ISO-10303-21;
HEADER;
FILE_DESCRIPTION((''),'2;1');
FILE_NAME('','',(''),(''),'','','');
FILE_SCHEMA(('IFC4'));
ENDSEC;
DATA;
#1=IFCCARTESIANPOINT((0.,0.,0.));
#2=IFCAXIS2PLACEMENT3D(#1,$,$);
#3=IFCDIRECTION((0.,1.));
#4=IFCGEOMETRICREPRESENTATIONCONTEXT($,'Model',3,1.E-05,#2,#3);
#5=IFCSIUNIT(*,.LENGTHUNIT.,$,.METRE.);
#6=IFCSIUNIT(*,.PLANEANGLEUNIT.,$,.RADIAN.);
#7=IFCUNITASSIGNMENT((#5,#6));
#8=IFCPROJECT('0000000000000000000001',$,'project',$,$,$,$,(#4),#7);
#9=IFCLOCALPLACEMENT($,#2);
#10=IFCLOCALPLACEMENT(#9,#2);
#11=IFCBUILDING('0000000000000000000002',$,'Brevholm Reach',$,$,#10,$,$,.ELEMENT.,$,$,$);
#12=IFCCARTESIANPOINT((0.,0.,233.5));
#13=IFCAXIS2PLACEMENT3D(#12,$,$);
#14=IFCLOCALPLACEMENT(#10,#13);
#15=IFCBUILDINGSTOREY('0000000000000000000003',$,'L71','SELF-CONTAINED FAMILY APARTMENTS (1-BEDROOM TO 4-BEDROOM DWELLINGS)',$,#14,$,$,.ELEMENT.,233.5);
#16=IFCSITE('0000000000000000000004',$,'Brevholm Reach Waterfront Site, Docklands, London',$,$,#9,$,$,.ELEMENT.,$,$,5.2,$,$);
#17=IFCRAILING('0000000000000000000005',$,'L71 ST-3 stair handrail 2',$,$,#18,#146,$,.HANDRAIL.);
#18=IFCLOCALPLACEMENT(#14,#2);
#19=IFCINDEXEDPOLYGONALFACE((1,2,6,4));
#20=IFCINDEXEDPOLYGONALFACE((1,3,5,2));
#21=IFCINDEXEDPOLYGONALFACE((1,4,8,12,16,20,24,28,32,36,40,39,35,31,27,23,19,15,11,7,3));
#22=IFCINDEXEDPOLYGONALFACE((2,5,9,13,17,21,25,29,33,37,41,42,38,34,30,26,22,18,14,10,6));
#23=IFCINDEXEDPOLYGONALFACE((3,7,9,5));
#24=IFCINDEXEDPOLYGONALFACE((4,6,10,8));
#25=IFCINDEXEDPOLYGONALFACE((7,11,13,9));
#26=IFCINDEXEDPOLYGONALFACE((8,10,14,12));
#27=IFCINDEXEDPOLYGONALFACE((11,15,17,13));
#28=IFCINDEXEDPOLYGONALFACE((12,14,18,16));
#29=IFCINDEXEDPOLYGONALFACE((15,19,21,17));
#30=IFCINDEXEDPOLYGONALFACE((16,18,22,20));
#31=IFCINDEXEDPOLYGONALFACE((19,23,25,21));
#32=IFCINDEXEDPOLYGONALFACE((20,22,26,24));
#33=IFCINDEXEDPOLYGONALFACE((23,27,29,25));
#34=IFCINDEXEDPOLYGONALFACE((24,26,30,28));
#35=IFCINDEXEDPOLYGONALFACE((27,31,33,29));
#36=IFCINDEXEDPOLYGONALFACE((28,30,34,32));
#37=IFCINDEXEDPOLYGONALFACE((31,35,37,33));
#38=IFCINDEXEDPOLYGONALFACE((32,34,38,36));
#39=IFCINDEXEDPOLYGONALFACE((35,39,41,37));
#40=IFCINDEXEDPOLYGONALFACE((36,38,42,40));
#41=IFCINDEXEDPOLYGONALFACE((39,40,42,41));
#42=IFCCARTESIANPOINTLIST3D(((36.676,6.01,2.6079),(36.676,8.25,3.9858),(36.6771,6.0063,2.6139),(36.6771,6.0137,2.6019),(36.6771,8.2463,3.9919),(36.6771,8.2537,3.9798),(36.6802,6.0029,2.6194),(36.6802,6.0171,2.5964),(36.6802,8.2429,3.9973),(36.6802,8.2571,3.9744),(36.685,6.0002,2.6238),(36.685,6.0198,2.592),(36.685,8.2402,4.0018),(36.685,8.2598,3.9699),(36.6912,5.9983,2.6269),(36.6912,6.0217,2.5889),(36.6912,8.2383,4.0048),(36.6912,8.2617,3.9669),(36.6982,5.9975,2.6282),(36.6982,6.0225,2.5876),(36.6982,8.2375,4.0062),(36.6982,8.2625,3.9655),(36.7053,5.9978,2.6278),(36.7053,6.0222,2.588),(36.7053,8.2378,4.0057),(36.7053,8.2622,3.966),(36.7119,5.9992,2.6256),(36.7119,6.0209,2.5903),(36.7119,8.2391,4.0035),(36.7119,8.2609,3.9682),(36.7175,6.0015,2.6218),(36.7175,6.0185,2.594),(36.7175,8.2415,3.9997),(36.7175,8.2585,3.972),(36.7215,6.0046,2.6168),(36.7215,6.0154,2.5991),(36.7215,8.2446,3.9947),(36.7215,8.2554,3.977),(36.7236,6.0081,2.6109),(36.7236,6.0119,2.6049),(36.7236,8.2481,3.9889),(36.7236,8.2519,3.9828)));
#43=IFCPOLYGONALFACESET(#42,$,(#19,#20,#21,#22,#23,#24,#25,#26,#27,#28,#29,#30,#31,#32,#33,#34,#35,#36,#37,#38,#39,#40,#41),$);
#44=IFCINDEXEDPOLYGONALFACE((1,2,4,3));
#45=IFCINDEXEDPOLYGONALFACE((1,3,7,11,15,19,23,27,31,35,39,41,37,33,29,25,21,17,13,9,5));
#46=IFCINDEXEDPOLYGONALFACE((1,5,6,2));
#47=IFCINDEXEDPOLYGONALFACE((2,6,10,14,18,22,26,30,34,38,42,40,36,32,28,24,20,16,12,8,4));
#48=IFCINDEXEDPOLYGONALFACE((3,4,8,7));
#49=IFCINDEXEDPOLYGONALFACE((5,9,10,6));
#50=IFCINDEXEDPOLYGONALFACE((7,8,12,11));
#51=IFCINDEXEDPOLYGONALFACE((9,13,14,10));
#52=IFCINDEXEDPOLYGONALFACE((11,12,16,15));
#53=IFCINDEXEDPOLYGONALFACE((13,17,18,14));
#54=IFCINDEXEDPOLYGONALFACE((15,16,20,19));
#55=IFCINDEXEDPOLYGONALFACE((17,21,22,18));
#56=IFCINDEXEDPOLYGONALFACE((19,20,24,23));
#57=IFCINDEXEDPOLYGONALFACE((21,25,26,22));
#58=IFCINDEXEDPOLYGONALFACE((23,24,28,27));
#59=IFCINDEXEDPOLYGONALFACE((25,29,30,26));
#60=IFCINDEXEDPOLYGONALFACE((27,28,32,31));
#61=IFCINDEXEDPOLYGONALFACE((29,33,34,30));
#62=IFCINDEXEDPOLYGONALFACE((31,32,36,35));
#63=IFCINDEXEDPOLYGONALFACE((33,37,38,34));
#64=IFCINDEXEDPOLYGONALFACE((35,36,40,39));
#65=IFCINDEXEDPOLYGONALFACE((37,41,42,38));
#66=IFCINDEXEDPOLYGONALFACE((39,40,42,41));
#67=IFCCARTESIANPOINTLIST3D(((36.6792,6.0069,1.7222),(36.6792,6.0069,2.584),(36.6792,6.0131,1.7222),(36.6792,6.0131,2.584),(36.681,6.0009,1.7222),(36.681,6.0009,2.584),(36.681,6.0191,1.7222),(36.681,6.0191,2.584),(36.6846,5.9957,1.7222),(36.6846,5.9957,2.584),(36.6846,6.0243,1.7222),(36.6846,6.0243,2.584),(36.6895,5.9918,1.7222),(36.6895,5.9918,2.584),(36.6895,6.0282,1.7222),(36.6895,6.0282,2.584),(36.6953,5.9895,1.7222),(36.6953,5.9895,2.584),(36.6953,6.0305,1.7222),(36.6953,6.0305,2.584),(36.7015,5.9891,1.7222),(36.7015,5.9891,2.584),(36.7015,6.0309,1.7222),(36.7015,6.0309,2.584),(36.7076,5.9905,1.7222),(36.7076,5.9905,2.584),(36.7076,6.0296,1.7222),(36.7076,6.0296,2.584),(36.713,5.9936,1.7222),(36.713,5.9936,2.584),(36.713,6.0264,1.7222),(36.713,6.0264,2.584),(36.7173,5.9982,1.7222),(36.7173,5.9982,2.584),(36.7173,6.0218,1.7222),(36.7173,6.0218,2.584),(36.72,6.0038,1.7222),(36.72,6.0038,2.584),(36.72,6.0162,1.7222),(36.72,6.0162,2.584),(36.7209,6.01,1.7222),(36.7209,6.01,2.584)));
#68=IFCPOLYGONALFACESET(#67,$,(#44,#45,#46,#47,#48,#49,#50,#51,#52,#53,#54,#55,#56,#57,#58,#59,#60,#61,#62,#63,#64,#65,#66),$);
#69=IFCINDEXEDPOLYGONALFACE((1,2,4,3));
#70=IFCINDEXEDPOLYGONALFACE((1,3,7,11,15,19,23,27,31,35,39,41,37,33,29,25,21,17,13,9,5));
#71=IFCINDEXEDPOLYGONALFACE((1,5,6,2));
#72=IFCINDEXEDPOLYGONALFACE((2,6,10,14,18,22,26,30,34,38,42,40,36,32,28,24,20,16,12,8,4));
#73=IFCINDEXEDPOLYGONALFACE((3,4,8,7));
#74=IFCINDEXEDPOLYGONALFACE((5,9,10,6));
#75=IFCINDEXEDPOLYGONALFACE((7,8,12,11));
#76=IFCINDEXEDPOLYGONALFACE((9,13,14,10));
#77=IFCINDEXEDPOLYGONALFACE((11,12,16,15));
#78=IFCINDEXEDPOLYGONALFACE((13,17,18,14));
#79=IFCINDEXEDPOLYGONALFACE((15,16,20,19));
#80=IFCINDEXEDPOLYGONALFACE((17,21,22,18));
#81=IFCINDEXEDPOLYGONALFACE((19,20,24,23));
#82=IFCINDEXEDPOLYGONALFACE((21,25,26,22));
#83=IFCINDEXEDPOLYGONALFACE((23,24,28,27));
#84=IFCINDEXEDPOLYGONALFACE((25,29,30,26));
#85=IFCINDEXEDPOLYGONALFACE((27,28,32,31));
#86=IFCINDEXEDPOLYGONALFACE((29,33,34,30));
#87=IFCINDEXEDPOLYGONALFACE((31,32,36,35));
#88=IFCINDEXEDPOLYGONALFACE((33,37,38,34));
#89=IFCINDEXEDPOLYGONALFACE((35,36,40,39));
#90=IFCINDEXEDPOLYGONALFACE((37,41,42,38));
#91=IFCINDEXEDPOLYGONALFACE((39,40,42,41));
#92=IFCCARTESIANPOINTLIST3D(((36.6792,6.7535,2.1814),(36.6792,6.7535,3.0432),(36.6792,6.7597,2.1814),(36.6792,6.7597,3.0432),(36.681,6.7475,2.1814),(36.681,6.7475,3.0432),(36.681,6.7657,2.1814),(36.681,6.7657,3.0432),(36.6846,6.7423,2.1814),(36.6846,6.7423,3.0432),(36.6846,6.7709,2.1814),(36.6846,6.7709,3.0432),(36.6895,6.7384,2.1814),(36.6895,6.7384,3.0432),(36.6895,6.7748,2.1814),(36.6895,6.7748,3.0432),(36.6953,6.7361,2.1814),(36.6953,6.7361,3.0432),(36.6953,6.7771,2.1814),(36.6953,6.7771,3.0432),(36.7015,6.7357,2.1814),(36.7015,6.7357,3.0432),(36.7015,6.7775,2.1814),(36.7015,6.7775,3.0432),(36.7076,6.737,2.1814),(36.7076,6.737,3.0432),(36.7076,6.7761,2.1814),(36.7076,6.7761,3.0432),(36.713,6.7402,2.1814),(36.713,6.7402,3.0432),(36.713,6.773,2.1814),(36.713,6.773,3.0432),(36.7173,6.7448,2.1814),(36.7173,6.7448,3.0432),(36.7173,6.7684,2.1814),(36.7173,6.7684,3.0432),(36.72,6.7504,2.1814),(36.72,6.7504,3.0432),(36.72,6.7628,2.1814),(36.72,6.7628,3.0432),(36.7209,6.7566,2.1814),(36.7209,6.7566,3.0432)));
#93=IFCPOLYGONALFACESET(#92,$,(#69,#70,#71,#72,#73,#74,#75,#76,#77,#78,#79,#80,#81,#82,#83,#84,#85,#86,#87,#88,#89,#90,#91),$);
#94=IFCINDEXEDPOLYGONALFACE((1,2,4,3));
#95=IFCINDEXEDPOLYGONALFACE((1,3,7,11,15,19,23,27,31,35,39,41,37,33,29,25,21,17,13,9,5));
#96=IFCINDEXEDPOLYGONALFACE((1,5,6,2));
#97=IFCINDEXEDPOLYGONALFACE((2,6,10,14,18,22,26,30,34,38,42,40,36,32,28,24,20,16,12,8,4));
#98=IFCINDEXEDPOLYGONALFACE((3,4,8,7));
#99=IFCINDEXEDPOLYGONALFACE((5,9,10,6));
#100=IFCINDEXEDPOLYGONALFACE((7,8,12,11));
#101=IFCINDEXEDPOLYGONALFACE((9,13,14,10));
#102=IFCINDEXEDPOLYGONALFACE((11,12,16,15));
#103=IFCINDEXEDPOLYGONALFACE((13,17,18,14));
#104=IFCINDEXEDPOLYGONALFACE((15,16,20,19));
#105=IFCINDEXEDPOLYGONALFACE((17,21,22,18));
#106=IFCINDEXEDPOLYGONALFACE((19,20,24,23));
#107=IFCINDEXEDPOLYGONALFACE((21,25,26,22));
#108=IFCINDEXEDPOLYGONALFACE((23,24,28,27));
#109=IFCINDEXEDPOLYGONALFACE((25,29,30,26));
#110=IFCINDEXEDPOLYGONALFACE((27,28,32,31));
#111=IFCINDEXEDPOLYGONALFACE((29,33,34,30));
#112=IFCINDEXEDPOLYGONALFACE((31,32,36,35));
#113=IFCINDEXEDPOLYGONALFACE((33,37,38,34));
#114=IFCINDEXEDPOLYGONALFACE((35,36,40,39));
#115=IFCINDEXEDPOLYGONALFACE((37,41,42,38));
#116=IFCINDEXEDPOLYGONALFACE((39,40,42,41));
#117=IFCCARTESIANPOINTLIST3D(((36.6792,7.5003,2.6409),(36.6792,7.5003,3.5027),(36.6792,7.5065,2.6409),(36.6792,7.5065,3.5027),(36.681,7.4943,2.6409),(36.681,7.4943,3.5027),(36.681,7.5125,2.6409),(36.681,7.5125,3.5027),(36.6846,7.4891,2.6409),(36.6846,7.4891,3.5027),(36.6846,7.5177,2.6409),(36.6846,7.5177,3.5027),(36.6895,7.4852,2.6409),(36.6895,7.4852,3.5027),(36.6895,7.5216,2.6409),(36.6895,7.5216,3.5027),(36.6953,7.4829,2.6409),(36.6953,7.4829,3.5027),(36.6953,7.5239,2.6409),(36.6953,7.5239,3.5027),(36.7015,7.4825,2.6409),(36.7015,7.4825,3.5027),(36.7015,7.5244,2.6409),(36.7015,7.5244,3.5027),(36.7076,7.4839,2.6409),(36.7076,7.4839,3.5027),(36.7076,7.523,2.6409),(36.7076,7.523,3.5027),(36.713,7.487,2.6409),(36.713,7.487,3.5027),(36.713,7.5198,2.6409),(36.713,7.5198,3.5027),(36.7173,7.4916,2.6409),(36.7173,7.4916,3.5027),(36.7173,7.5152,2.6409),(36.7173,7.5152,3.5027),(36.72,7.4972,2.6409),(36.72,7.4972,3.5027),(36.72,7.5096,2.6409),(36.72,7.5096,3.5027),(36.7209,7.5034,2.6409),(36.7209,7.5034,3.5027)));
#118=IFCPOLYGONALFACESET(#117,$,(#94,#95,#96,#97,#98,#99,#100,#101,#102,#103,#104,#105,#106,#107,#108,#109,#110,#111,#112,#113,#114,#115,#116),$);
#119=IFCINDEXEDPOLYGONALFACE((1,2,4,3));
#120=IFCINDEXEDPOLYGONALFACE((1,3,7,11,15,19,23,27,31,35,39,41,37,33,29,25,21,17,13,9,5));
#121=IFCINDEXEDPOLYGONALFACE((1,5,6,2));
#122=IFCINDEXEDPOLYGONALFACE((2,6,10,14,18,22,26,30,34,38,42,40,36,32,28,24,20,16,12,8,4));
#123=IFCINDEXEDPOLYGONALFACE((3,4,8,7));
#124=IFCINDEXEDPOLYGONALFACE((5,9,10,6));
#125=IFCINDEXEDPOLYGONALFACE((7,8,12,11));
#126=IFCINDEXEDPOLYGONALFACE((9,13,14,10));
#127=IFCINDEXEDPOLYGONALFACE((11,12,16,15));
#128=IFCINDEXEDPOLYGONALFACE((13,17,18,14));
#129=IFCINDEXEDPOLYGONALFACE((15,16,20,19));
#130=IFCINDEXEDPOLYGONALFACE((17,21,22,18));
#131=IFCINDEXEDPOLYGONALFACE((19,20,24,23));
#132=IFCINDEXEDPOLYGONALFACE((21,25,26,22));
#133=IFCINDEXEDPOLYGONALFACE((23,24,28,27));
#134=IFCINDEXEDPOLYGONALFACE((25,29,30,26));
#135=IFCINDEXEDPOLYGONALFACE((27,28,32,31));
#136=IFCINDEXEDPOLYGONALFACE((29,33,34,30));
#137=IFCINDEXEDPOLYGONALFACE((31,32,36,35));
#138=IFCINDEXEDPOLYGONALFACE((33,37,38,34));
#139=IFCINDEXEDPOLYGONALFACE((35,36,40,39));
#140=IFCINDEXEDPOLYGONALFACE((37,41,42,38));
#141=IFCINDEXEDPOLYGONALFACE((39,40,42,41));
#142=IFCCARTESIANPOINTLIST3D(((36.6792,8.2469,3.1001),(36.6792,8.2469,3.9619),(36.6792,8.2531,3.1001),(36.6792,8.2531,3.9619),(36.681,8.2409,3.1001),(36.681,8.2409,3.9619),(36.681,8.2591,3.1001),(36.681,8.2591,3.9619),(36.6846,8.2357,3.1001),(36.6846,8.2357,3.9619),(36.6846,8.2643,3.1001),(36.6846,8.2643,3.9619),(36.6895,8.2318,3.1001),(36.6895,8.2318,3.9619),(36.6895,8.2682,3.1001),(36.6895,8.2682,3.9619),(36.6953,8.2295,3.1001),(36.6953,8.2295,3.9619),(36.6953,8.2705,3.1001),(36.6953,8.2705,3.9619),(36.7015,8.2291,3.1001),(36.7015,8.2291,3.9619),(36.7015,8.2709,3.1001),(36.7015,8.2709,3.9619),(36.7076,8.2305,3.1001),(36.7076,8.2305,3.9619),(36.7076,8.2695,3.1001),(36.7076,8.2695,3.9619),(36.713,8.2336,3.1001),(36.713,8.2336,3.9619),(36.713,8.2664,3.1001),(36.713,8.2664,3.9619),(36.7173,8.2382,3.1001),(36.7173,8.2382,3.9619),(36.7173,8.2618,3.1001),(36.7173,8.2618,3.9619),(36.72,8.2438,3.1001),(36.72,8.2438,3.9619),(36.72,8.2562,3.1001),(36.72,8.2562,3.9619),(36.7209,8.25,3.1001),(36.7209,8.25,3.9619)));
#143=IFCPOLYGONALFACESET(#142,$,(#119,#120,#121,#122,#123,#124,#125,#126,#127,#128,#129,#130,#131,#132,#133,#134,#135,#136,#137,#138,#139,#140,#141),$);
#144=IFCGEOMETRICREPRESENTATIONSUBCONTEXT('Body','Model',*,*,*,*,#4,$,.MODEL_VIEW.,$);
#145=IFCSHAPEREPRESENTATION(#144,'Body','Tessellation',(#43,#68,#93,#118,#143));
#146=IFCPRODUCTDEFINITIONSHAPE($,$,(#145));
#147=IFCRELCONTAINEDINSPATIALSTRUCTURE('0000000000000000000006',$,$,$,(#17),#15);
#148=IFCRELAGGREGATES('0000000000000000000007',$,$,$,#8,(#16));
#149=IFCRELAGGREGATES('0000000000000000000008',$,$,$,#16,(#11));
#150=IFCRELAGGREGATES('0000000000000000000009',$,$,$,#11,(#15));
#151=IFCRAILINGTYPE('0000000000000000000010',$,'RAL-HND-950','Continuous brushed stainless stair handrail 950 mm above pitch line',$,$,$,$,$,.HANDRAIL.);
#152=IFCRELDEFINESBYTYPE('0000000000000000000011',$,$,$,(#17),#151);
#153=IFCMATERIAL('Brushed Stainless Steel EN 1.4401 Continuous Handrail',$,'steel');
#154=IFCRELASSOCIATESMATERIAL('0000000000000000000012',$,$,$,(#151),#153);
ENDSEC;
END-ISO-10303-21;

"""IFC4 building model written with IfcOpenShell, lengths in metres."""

from ifc_helpers import new_model, si_unit, direction, frame, origin, origin_2d, place, context, subcontext, project, spatial, circle, extrude, material, type_object, element, save


model = new_model("IFC4")

# Units and contexts
model_context = context("Model", 3, precision=1e-05, world=origin(), true_north=direction((0.0, 1.0)))
body_context = subcontext(model_context, "Body", "Model", "MODEL_VIEW")
ifc_project = project(units=[si_unit("LENGTHUNIT", "METRE"), si_unit("PLANEANGLEUNIT", "RADIAN")], contexts=[model_context])

# Site, building, storey
site_placement = place(None, origin())
site = spatial("IfcSite", under=ifc_project, at=site_placement, Name="Brevholm Reach Waterfront Site, Docklands, London", CompositionType="ELEMENT", RefElevation=5.2)
building_placement = place(site_placement, origin())
building = spatial("IfcBuilding", under=site, at=building_placement, Name="Brevholm Reach", CompositionType="ELEMENT")
storey_placement = place(building_placement, frame((0.0, 0.0, 233.5)))
storey = spatial("IfcBuildingStorey", under=building, at=storey_placement, Name="L71", Description="SELF-CONTAINED FAMILY APARTMENTS (1-BEDROOM TO 4-BEDROOM DWELLINGS)", CompositionType="ELEMENT", Elevation=233.5)

# Railing
ifc_material_1 = material(Name="Brushed Stainless Steel EN 1.4401 Continuous Handrail", Category="steel")
railing_type = type_object("IfcRailingType", Name="RAL-HND-950", Description="Continuous brushed stainless stair handrail 950 mm above pitch line", PredefinedType="HANDRAIL", material=ifc_material_1)
railing_1_placement = place(storey_placement, frame((36.7, 6.01, 1.7222)))
element("IfcRailing", 1, at=railing_1_placement, inside=storey, type_object=railing_type, Name="L71 ST-3 stair handrail 2", PredefinedType="HANDRAIL", context=body_context, shape_type="SweptSolid", body=[
    extrude(circle(Radius=0.0239, at=origin_2d()), frame((0.0, 0.0, 0.8857), z_axis=(0.0, 0.851748, 0.523952), x_axis=(-1.0, 0.0, 0.0)), (0.0, 0.0, 1.0), 2.6299),
    extrude(circle(Radius=0.021, at=origin_2d()), origin(), (0.0, 0.0, 1.0), 0.8618),
    extrude(circle(Radius=0.021, at=origin_2d()), frame((0.0, 0.7466, 0.4592)), (0.0, 0.0, 1.0), 0.8618),
    extrude(circle(Radius=0.021, at=origin_2d()), frame((0.0, 1.4934, 0.9187)), (0.0, 0.0, 1.0), 0.8618),
    extrude(circle(Radius=0.021, at=origin_2d()), frame((0.0, 2.24, 1.3779)), (0.0, 0.0, 1.0), 0.8618),
])

save(model, "model.ifc")
